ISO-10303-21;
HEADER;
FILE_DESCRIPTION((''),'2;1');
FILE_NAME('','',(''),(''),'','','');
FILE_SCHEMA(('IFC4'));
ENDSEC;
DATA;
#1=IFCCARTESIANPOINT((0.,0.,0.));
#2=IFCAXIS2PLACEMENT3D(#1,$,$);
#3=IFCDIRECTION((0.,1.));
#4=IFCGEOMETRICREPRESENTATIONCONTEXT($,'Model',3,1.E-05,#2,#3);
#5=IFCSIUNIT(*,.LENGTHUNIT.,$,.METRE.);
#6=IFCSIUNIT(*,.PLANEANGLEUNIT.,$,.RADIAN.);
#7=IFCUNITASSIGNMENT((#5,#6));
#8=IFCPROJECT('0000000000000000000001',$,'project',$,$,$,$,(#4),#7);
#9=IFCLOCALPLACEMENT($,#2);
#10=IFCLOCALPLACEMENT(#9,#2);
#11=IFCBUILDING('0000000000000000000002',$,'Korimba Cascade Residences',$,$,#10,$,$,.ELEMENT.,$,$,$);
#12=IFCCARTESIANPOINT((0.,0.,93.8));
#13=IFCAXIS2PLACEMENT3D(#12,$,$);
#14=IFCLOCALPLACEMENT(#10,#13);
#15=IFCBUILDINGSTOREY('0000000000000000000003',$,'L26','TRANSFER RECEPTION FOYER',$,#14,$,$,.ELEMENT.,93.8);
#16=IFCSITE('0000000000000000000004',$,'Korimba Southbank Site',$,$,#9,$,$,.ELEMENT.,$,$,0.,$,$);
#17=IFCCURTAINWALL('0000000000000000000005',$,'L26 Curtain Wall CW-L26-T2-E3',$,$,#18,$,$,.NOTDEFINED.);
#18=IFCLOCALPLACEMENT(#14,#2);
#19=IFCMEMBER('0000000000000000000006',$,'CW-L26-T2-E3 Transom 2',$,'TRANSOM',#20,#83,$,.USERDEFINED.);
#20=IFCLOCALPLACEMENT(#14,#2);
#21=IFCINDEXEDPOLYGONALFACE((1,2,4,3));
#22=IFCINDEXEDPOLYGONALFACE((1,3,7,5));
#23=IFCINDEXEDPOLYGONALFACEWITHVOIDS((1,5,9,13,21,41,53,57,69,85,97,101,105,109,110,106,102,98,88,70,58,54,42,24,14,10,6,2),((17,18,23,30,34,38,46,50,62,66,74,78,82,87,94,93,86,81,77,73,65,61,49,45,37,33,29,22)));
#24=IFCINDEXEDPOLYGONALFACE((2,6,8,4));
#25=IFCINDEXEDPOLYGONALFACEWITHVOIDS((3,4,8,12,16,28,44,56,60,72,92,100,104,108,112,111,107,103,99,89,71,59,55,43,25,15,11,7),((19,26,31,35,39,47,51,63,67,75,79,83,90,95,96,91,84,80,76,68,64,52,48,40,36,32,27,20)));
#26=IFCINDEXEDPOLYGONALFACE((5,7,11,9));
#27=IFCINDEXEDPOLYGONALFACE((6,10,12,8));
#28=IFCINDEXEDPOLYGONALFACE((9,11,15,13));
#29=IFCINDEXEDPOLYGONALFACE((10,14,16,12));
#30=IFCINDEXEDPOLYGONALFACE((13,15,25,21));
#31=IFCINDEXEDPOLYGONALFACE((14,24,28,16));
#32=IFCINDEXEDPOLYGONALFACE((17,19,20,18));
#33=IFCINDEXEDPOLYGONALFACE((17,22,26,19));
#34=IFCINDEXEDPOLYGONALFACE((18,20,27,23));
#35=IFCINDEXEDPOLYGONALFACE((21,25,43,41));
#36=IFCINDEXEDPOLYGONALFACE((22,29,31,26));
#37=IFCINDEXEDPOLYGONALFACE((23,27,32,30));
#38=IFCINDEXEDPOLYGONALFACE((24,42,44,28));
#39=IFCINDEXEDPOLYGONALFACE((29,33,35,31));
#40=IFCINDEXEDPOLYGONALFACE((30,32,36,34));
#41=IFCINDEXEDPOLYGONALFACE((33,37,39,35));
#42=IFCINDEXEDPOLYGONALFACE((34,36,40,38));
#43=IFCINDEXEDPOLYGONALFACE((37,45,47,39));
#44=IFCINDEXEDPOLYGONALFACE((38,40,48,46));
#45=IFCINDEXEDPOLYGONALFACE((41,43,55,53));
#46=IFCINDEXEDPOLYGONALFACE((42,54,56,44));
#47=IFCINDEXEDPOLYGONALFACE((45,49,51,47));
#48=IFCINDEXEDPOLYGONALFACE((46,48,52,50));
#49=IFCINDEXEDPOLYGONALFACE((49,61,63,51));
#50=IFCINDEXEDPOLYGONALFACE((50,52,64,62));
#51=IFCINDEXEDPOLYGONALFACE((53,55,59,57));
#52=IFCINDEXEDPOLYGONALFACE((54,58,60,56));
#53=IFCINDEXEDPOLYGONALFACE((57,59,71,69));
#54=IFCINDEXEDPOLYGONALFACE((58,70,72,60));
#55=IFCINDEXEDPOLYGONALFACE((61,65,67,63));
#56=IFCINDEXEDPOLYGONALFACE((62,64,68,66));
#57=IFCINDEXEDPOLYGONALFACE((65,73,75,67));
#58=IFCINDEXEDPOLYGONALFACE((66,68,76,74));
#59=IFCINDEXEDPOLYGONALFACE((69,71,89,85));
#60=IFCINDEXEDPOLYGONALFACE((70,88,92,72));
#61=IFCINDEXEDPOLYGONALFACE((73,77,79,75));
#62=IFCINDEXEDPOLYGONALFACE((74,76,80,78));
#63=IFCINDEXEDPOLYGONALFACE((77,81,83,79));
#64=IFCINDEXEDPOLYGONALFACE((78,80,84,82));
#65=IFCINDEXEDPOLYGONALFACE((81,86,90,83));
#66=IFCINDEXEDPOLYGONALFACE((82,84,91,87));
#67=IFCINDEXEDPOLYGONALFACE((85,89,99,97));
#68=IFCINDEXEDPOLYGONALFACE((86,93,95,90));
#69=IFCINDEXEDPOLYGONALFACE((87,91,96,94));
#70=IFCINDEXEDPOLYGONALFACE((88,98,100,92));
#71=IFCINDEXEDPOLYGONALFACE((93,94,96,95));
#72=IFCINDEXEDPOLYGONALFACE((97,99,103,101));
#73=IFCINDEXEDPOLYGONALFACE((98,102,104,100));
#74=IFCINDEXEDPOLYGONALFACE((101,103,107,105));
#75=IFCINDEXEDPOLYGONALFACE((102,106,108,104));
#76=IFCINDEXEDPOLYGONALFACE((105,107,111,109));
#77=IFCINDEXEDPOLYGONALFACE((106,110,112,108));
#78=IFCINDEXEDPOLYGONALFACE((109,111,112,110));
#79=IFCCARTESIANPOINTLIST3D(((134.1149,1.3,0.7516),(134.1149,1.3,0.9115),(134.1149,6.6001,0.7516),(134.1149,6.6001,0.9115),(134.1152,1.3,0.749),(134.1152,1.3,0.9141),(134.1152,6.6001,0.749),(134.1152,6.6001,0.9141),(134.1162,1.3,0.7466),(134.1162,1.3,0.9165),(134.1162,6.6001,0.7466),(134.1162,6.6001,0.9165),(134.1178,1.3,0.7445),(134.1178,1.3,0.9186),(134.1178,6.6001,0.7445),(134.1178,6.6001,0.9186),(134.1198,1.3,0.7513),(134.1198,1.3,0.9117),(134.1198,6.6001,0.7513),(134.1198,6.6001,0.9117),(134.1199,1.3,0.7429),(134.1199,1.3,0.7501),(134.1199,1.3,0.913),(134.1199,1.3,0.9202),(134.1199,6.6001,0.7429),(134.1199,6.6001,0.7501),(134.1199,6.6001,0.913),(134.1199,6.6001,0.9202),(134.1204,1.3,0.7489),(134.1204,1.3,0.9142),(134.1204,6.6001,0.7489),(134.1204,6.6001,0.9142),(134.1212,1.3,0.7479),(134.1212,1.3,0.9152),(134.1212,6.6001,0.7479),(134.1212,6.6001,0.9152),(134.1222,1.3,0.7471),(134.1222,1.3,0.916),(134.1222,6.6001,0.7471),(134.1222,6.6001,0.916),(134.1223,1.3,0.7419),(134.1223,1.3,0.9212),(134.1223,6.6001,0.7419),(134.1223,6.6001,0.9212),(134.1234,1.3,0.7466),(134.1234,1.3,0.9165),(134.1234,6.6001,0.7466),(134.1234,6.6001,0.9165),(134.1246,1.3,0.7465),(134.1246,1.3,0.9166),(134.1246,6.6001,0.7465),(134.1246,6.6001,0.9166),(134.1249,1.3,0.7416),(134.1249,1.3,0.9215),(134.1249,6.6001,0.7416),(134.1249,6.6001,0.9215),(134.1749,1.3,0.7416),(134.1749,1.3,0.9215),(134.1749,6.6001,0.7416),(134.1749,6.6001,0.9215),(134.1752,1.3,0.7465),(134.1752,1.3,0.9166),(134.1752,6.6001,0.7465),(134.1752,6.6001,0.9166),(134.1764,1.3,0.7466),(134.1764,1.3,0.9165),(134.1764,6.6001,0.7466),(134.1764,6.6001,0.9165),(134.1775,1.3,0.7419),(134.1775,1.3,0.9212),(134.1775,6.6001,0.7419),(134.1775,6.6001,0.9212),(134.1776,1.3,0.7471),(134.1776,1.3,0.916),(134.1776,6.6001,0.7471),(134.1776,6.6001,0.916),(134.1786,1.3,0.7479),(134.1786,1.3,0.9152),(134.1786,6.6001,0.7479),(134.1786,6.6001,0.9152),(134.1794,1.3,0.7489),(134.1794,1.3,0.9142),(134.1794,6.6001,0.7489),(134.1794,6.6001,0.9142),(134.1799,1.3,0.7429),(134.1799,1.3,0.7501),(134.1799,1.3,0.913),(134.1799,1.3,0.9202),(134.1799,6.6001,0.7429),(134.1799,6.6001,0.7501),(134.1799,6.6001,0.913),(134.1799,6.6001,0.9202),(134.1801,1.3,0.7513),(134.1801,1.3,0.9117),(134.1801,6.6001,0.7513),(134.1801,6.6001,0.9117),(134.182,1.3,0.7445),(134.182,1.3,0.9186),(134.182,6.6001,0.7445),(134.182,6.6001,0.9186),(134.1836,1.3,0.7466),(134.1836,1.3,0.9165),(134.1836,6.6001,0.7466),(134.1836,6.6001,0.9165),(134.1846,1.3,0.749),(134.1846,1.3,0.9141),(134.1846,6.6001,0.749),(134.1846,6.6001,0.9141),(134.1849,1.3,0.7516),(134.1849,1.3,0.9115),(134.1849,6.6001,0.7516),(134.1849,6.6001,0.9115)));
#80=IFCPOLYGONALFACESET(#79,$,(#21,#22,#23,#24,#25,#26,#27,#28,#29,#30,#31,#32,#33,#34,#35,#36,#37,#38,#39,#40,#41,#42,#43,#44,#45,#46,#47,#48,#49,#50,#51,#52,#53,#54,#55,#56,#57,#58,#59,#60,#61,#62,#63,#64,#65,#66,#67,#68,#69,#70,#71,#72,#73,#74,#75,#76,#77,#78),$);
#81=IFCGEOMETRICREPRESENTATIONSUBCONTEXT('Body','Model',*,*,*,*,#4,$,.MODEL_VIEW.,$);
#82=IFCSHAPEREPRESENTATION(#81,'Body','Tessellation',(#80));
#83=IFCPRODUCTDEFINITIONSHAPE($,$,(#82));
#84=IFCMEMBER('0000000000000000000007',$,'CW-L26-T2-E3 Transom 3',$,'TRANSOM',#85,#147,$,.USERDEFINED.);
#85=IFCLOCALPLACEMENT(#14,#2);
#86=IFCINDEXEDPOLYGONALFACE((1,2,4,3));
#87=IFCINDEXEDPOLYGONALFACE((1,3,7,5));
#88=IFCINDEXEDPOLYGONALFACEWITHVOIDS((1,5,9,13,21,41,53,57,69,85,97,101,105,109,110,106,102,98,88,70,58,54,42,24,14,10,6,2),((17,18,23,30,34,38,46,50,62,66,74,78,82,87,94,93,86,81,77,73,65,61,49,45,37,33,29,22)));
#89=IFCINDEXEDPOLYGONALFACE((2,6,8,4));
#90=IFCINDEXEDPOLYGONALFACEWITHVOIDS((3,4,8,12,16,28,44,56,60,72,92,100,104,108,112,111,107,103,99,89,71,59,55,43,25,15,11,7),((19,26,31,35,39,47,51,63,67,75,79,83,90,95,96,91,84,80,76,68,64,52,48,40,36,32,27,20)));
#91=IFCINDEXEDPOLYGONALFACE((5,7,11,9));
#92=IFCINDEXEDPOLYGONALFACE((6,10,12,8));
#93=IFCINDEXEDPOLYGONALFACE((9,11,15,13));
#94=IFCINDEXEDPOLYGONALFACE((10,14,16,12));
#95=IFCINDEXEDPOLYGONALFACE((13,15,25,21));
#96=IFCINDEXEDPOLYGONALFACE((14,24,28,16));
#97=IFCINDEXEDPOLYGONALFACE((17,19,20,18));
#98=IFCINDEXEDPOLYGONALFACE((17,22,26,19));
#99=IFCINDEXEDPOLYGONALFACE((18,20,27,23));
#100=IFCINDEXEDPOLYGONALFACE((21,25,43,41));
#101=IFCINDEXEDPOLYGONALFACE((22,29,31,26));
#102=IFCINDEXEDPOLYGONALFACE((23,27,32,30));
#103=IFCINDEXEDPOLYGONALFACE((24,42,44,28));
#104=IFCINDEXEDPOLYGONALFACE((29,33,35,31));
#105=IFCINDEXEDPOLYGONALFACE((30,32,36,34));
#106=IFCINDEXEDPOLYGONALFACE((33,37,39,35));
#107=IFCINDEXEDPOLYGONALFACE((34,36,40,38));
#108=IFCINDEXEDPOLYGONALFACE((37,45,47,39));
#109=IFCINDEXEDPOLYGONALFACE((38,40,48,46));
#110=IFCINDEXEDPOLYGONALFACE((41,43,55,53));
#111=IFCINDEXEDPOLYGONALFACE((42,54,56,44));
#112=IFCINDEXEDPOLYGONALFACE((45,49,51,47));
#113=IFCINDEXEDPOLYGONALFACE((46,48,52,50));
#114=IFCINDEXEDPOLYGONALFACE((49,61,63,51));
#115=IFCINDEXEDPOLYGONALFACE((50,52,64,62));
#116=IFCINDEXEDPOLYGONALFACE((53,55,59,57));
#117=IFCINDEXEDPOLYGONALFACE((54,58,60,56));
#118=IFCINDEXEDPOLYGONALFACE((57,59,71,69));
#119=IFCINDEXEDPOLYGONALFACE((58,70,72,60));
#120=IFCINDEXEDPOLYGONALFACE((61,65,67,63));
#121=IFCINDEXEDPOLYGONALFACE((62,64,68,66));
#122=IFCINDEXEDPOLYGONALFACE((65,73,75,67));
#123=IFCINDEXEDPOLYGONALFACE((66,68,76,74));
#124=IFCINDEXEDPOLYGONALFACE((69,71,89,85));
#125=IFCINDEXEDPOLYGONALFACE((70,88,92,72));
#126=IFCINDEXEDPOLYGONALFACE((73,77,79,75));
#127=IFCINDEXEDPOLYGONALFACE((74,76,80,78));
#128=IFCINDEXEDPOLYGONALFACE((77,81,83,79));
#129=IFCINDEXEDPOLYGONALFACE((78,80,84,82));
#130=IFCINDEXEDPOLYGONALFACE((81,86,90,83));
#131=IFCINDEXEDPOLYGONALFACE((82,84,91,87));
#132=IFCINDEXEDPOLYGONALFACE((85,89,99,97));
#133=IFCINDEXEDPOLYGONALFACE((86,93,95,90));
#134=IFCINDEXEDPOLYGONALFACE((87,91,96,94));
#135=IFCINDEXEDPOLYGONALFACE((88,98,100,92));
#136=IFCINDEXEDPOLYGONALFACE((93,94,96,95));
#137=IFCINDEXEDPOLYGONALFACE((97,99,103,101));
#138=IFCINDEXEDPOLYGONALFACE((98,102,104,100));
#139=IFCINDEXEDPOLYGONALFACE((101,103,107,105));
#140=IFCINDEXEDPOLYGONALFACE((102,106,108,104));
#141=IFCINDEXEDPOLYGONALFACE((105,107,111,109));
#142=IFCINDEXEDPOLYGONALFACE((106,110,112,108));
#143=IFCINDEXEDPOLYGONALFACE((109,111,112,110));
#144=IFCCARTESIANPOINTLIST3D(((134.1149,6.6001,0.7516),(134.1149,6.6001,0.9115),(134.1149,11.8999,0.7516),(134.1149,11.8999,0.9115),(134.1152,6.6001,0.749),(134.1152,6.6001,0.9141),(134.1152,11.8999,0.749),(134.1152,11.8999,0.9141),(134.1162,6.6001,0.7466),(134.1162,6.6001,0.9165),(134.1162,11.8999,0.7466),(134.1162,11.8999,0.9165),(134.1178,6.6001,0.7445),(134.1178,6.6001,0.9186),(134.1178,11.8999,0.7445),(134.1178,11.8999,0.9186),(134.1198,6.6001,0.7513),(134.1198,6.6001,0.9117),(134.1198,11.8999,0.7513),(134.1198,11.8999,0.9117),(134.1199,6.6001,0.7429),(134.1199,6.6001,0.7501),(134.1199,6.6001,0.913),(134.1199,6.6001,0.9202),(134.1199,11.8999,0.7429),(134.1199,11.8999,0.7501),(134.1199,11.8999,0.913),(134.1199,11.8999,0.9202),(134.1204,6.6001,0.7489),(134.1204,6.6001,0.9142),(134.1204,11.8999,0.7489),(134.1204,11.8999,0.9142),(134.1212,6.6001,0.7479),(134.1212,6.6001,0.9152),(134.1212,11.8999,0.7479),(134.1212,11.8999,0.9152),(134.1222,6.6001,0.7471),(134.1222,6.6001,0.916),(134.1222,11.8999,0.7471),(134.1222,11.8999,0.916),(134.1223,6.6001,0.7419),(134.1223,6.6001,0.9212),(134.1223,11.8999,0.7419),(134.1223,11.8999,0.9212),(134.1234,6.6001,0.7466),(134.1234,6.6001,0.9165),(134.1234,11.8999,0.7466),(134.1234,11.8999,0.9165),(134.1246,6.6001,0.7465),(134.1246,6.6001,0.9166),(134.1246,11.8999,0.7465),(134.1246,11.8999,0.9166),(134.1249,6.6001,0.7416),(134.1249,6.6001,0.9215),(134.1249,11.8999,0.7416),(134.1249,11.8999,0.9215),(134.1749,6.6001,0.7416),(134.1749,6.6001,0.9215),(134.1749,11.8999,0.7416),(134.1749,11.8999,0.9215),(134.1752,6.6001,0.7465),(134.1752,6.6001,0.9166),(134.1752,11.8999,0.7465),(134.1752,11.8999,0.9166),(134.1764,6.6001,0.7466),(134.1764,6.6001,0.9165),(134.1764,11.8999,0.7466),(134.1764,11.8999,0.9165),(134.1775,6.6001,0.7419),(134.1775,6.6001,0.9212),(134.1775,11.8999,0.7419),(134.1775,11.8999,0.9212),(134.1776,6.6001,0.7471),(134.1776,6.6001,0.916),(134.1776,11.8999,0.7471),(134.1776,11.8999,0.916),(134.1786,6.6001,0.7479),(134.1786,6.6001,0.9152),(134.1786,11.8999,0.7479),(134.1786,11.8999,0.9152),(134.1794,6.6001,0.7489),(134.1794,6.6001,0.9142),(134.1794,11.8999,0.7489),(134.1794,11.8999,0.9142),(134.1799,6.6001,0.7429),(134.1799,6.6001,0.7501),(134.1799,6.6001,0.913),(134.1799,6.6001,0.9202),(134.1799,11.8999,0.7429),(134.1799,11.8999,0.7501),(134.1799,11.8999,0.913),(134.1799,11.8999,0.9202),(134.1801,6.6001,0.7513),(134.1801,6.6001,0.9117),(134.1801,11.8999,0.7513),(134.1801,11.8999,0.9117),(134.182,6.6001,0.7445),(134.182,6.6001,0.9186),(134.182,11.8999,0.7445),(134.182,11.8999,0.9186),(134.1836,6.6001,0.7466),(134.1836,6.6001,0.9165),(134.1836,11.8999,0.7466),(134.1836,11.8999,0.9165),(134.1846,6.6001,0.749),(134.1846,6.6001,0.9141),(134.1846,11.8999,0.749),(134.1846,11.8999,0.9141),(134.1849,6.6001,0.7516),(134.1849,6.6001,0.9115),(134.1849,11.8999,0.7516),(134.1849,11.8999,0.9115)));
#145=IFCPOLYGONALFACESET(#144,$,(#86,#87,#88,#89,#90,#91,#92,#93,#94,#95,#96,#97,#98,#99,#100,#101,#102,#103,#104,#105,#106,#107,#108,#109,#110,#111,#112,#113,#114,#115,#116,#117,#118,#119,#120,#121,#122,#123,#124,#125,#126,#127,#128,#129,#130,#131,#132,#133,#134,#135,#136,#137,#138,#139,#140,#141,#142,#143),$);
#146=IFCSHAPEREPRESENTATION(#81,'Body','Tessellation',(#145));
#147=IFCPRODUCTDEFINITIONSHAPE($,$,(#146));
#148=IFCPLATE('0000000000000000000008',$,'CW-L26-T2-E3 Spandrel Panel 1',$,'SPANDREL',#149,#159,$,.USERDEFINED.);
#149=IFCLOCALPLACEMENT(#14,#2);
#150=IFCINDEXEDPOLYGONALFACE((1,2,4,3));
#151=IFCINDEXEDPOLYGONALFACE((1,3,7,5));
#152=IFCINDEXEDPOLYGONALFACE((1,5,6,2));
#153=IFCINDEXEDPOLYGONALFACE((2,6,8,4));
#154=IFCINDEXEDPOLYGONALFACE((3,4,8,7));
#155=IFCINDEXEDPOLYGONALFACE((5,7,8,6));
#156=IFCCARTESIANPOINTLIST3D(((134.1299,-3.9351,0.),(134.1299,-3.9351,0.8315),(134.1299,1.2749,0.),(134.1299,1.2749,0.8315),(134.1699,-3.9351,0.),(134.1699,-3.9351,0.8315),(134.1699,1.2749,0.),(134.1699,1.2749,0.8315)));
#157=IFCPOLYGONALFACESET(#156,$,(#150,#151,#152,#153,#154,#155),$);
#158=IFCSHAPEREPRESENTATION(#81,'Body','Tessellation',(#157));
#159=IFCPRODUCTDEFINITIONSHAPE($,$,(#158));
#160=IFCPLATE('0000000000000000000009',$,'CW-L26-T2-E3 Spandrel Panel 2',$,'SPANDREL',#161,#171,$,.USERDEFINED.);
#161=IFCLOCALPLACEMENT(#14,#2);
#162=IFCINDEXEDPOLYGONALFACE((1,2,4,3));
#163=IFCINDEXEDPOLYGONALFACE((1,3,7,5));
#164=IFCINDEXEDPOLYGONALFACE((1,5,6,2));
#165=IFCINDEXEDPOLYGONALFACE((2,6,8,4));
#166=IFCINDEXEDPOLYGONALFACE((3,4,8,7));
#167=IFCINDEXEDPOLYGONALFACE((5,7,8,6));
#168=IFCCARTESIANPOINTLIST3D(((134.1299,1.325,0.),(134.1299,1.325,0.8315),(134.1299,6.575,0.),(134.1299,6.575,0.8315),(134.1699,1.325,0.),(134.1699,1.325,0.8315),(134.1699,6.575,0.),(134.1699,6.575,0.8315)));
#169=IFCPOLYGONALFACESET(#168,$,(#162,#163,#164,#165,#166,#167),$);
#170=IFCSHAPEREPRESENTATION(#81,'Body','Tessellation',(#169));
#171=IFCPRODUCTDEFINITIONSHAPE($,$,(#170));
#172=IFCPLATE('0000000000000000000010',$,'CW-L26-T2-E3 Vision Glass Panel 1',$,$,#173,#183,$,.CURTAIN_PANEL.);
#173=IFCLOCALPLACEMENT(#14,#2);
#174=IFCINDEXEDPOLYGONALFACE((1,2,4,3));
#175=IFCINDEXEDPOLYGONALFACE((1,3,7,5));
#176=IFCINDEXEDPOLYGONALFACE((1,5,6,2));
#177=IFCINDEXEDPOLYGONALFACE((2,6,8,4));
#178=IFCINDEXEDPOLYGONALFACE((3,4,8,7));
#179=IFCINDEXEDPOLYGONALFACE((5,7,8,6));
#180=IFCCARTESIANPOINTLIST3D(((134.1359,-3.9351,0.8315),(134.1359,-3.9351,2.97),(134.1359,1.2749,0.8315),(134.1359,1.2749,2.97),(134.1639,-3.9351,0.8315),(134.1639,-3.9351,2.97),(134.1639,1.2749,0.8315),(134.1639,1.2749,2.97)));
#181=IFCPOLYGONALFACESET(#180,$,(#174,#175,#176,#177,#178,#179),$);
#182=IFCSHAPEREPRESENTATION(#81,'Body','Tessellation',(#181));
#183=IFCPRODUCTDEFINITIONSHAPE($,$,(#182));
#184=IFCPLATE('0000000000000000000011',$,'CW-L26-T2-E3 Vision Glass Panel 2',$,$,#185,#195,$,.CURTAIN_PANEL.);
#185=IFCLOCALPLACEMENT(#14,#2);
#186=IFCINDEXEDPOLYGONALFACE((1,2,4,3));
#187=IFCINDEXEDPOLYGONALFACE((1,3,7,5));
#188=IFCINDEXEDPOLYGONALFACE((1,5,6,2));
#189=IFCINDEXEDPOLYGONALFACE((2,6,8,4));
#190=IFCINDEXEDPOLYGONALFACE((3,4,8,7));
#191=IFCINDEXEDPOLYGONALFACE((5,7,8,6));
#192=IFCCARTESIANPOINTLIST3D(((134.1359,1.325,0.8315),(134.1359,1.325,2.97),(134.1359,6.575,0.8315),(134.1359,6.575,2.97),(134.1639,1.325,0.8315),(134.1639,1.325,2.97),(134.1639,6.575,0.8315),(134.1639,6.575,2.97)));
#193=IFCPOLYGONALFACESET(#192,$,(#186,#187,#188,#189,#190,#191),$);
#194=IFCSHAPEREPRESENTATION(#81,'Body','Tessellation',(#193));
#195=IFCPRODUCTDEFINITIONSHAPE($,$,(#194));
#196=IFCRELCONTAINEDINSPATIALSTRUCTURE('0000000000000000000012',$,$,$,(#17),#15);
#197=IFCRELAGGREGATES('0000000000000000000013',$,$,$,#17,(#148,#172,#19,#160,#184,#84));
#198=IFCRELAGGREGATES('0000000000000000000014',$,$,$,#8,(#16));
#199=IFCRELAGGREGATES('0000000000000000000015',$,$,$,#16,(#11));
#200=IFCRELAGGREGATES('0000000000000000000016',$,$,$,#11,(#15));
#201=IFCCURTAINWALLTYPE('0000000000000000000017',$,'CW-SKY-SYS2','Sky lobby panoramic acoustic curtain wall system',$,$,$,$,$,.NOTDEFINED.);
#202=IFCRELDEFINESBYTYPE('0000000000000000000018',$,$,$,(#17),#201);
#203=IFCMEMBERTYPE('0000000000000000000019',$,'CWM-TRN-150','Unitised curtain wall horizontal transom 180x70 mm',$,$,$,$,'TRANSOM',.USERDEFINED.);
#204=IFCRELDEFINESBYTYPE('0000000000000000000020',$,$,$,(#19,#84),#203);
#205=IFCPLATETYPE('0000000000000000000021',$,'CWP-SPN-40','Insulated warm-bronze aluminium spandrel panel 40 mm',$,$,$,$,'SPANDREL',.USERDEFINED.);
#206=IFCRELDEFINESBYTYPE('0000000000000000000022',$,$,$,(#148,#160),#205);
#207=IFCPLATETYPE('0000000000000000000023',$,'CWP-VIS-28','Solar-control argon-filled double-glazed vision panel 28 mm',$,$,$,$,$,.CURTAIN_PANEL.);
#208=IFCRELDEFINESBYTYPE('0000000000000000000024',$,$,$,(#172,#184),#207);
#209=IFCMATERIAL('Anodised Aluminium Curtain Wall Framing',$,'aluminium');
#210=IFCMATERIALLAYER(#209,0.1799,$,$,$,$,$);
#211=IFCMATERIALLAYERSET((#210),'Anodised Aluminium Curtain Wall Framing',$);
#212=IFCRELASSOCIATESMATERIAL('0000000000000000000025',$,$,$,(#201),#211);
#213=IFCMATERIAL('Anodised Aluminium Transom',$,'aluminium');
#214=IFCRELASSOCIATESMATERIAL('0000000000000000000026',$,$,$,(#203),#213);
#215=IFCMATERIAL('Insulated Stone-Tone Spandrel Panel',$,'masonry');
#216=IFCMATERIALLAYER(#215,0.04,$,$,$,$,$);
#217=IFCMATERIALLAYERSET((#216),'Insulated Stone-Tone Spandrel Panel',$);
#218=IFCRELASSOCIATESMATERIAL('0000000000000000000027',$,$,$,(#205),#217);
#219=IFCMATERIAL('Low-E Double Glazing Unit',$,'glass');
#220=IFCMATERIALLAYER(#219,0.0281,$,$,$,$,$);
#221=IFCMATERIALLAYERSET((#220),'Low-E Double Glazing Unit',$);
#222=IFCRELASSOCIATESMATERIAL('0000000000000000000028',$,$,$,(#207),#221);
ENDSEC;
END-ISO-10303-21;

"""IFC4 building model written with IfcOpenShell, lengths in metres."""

from ifc_helpers import new_model, si_unit, direction, frame, origin, origin_2d, place, context, subcontext, project, spatial, rectangle, hollow_rectangle, extrude, material, layer, layer_set, material_profile, profile_set, type_object, element, aggregate, save


model = new_model("IFC4")

# Units and contexts
model_context = context("Model", 3, precision=1e-05, world=origin(), true_north=direction((0.0, 1.0)))
body_context = subcontext(model_context, "Body", "Model", "MODEL_VIEW")
ifc_project = project(units=[si_unit("LENGTHUNIT", "METRE"), si_unit("PLANEANGLEUNIT", "RADIAN")], contexts=[model_context])

# Site, building, storey
site_placement = place(None, origin())
site = spatial("IfcSite", under=ifc_project, at=site_placement, Name="Korimba Southbank Site", CompositionType="ELEMENT", RefElevation=0.0)
building_placement = place(site_placement, origin())
building = spatial("IfcBuilding", under=site, at=building_placement, Name="Korimba Cascade Residences", CompositionType="ELEMENT")
storey_placement = place(building_placement, frame((0.0, 0.0, 93.8)))
storey = spatial("IfcBuildingStorey", under=building, at=storey_placement, Name="L26", Description="TRANSFER RECEPTION FOYER", CompositionType="ELEMENT", Elevation=93.8)

# Curtain wall, members, plates
ifc_material_1 = material(Name="Anodised Aluminium Curtain Wall Framing", Category="aluminium")
ifc_layer_1 = layer(ifc_material_1, 0.1799)
ifc_layer_set_1 = layer_set([ifc_layer_1], Name="Anodised Aluminium Curtain Wall Framing")
curtain_wall_type = type_object("IfcCurtainWallType", Name="CW-SKY-SYS2", Description="Sky lobby panoramic acoustic curtain wall system", PredefinedType="NOTDEFINED", material=ifc_layer_set_1)
curtain_wall_placement = place(storey_placement, origin())
curtain_wall = element("IfcCurtainWall", 1, at=curtain_wall_placement, inside=storey, type_object=curtain_wall_type, Name="L26 Curtain Wall CW-L26-T2-E3", PredefinedType="NOTDEFINED")
ifc_material_2 = material(Name="Anodised Aluminium Transom", Category="aluminium")
ifc_material_profile_1 = material_profile(ifc_material_2, hollow_rectangle(XDim=0.0701, YDim=0.1799, WallThickness=0.0049, InnerFilletRadius=0.0049, OuterFilletRadius=0.01, at=origin_2d()), Name="Anodised Aluminium Transom")
ifc_profile_set_1 = profile_set([ifc_material_profile_1], Name="Anodised Aluminium Transom")
member_type_1 = type_object("IfcMemberType", Name="CWM-TRN-150", Description="Unitised curtain wall horizontal transom 180x70 mm", ElementType="TRANSOM", PredefinedType="USERDEFINED", material=ifc_profile_set_1)
member_1_placement = place(storey_placement, frame((134.1499, 1.3, 0.8315), z_axis=(0.0, 1.0, 0.0), x_axis=(-1.0, 0.0, 0.0)))
member_1 = element("IfcMember", 2, at=member_1_placement, type_object=member_type_1, Name="CW-L26-T2-E3 Transom 2", ObjectType="TRANSOM", PredefinedType="USERDEFINED", context=body_context, shape_type="SweptSolid", body=[
    extrude(hollow_rectangle(XDim=0.0701, YDim=0.1799, WallThickness=0.0049, InnerFilletRadius=0.0049, OuterFilletRadius=0.01, at=origin_2d()), origin(), (0.0, 0.0, 1.0), 5.3),
])
member_2_placement = place(storey_placement, frame((134.1499, 6.6001, 0.8315), z_axis=(0.0, 1.0, 0.0), x_axis=(-1.0, 0.0, 0.0)))
member_2 = element("IfcMember", 3, at=member_2_placement, type_object=member_type_1, Name="CW-L26-T2-E3 Transom 3", ObjectType="TRANSOM", PredefinedType="USERDEFINED", context=body_context, shape_type="SweptSolid", body=[
    extrude(hollow_rectangle(XDim=0.0701, YDim=0.1799, WallThickness=0.0049, InnerFilletRadius=0.0049, OuterFilletRadius=0.01, at=origin_2d()), origin(), (0.0, 0.0, 1.0), 5.2998),
])
ifc_material_3 = material(Name="Insulated Stone-Tone Spandrel Panel", Category="masonry")
ifc_layer_2 = layer(ifc_material_3, 0.04)
ifc_layer_set_2 = layer_set([ifc_layer_2], Name="Insulated Stone-Tone Spandrel Panel")
plate_type_1 = type_object("IfcPlateType", Name="CWP-SPN-40", Description="Insulated warm-bronze aluminium spandrel panel 40 mm", ElementType="SPANDREL", PredefinedType="USERDEFINED", material=ifc_layer_set_2)
plate_1_placement = place(storey_placement, frame((134.1499, -1.3301, 0.0), z_axis=(0.0, 0.0, 1.0), x_axis=(0.0, 1.0, 0.0)))
plate_1 = element("IfcPlate", 4, at=plate_1_placement, type_object=plate_type_1, Name="CW-L26-T2-E3 Spandrel Panel 1", ObjectType="SPANDREL", PredefinedType="USERDEFINED", context=body_context, shape_type="SweptSolid", body=[
    extrude(rectangle(XDim=5.21, YDim=0.04, at=origin_2d()), origin(), (0.0, 0.0, 1.0), 0.8315),
])
plate_2_placement = place(storey_placement, frame((134.1499, 3.95, 0.0), z_axis=(0.0, 0.0, 1.0), x_axis=(0.0, 1.0, 0.0)))
plate_2 = element("IfcPlate", 5, at=plate_2_placement, type_object=plate_type_1, Name="CW-L26-T2-E3 Spandrel Panel 2", ObjectType="SPANDREL", PredefinedType="USERDEFINED", context=body_context, shape_type="SweptSolid", body=[
    extrude(rectangle(XDim=5.25, YDim=0.04, at=origin_2d()), origin(), (0.0, 0.0, 1.0), 0.8315),
])
ifc_material_4 = material(Name="Low-E Double Glazing Unit", Category="glass")
ifc_layer_3 = layer(ifc_material_4, 0.0281)
ifc_layer_set_3 = layer_set([ifc_layer_3], Name="Low-E Double Glazing Unit")
plate_type_2 = type_object("IfcPlateType", Name="CWP-VIS-28", Description="Solar-control argon-filled double-glazed vision panel 28 mm", PredefinedType="CURTAIN_PANEL", material=ifc_layer_set_3)
plate_3_placement = place(storey_placement, frame((134.1499, -1.3301, 0.8315), z_axis=(0.0, 0.0, 1.0), x_axis=(0.0, 1.0, 0.0)))
plate_3 = element("IfcPlate", 6, at=plate_3_placement, type_object=plate_type_2, Name="CW-L26-T2-E3 Vision Glass Panel 1", PredefinedType="CURTAIN_PANEL", context=body_context, shape_type="SweptSolid", body=[
    extrude(rectangle(XDim=5.21, YDim=0.0281, at=origin_2d()), origin(), (0.0, 0.0, 1.0), 2.1384),
])
plate_4_placement = place(storey_placement, frame((134.1499, 3.95, 0.8315), z_axis=(0.0, 0.0, 1.0), x_axis=(0.0, 1.0, 0.0)))
plate_4 = element("IfcPlate", 7, at=plate_4_placement, type_object=plate_type_2, Name="CW-L26-T2-E3 Vision Glass Panel 2", PredefinedType="CURTAIN_PANEL", context=body_context, shape_type="SweptSolid", body=[
    extrude(rectangle(XDim=5.25, YDim=0.0281, at=origin_2d()), origin(), (0.0, 0.0, 1.0), 2.1384),
])
aggregate(curtain_wall, [plate_1, plate_3, member_1, plate_2, plate_4, member_2])

save(model, "model.ifc")
